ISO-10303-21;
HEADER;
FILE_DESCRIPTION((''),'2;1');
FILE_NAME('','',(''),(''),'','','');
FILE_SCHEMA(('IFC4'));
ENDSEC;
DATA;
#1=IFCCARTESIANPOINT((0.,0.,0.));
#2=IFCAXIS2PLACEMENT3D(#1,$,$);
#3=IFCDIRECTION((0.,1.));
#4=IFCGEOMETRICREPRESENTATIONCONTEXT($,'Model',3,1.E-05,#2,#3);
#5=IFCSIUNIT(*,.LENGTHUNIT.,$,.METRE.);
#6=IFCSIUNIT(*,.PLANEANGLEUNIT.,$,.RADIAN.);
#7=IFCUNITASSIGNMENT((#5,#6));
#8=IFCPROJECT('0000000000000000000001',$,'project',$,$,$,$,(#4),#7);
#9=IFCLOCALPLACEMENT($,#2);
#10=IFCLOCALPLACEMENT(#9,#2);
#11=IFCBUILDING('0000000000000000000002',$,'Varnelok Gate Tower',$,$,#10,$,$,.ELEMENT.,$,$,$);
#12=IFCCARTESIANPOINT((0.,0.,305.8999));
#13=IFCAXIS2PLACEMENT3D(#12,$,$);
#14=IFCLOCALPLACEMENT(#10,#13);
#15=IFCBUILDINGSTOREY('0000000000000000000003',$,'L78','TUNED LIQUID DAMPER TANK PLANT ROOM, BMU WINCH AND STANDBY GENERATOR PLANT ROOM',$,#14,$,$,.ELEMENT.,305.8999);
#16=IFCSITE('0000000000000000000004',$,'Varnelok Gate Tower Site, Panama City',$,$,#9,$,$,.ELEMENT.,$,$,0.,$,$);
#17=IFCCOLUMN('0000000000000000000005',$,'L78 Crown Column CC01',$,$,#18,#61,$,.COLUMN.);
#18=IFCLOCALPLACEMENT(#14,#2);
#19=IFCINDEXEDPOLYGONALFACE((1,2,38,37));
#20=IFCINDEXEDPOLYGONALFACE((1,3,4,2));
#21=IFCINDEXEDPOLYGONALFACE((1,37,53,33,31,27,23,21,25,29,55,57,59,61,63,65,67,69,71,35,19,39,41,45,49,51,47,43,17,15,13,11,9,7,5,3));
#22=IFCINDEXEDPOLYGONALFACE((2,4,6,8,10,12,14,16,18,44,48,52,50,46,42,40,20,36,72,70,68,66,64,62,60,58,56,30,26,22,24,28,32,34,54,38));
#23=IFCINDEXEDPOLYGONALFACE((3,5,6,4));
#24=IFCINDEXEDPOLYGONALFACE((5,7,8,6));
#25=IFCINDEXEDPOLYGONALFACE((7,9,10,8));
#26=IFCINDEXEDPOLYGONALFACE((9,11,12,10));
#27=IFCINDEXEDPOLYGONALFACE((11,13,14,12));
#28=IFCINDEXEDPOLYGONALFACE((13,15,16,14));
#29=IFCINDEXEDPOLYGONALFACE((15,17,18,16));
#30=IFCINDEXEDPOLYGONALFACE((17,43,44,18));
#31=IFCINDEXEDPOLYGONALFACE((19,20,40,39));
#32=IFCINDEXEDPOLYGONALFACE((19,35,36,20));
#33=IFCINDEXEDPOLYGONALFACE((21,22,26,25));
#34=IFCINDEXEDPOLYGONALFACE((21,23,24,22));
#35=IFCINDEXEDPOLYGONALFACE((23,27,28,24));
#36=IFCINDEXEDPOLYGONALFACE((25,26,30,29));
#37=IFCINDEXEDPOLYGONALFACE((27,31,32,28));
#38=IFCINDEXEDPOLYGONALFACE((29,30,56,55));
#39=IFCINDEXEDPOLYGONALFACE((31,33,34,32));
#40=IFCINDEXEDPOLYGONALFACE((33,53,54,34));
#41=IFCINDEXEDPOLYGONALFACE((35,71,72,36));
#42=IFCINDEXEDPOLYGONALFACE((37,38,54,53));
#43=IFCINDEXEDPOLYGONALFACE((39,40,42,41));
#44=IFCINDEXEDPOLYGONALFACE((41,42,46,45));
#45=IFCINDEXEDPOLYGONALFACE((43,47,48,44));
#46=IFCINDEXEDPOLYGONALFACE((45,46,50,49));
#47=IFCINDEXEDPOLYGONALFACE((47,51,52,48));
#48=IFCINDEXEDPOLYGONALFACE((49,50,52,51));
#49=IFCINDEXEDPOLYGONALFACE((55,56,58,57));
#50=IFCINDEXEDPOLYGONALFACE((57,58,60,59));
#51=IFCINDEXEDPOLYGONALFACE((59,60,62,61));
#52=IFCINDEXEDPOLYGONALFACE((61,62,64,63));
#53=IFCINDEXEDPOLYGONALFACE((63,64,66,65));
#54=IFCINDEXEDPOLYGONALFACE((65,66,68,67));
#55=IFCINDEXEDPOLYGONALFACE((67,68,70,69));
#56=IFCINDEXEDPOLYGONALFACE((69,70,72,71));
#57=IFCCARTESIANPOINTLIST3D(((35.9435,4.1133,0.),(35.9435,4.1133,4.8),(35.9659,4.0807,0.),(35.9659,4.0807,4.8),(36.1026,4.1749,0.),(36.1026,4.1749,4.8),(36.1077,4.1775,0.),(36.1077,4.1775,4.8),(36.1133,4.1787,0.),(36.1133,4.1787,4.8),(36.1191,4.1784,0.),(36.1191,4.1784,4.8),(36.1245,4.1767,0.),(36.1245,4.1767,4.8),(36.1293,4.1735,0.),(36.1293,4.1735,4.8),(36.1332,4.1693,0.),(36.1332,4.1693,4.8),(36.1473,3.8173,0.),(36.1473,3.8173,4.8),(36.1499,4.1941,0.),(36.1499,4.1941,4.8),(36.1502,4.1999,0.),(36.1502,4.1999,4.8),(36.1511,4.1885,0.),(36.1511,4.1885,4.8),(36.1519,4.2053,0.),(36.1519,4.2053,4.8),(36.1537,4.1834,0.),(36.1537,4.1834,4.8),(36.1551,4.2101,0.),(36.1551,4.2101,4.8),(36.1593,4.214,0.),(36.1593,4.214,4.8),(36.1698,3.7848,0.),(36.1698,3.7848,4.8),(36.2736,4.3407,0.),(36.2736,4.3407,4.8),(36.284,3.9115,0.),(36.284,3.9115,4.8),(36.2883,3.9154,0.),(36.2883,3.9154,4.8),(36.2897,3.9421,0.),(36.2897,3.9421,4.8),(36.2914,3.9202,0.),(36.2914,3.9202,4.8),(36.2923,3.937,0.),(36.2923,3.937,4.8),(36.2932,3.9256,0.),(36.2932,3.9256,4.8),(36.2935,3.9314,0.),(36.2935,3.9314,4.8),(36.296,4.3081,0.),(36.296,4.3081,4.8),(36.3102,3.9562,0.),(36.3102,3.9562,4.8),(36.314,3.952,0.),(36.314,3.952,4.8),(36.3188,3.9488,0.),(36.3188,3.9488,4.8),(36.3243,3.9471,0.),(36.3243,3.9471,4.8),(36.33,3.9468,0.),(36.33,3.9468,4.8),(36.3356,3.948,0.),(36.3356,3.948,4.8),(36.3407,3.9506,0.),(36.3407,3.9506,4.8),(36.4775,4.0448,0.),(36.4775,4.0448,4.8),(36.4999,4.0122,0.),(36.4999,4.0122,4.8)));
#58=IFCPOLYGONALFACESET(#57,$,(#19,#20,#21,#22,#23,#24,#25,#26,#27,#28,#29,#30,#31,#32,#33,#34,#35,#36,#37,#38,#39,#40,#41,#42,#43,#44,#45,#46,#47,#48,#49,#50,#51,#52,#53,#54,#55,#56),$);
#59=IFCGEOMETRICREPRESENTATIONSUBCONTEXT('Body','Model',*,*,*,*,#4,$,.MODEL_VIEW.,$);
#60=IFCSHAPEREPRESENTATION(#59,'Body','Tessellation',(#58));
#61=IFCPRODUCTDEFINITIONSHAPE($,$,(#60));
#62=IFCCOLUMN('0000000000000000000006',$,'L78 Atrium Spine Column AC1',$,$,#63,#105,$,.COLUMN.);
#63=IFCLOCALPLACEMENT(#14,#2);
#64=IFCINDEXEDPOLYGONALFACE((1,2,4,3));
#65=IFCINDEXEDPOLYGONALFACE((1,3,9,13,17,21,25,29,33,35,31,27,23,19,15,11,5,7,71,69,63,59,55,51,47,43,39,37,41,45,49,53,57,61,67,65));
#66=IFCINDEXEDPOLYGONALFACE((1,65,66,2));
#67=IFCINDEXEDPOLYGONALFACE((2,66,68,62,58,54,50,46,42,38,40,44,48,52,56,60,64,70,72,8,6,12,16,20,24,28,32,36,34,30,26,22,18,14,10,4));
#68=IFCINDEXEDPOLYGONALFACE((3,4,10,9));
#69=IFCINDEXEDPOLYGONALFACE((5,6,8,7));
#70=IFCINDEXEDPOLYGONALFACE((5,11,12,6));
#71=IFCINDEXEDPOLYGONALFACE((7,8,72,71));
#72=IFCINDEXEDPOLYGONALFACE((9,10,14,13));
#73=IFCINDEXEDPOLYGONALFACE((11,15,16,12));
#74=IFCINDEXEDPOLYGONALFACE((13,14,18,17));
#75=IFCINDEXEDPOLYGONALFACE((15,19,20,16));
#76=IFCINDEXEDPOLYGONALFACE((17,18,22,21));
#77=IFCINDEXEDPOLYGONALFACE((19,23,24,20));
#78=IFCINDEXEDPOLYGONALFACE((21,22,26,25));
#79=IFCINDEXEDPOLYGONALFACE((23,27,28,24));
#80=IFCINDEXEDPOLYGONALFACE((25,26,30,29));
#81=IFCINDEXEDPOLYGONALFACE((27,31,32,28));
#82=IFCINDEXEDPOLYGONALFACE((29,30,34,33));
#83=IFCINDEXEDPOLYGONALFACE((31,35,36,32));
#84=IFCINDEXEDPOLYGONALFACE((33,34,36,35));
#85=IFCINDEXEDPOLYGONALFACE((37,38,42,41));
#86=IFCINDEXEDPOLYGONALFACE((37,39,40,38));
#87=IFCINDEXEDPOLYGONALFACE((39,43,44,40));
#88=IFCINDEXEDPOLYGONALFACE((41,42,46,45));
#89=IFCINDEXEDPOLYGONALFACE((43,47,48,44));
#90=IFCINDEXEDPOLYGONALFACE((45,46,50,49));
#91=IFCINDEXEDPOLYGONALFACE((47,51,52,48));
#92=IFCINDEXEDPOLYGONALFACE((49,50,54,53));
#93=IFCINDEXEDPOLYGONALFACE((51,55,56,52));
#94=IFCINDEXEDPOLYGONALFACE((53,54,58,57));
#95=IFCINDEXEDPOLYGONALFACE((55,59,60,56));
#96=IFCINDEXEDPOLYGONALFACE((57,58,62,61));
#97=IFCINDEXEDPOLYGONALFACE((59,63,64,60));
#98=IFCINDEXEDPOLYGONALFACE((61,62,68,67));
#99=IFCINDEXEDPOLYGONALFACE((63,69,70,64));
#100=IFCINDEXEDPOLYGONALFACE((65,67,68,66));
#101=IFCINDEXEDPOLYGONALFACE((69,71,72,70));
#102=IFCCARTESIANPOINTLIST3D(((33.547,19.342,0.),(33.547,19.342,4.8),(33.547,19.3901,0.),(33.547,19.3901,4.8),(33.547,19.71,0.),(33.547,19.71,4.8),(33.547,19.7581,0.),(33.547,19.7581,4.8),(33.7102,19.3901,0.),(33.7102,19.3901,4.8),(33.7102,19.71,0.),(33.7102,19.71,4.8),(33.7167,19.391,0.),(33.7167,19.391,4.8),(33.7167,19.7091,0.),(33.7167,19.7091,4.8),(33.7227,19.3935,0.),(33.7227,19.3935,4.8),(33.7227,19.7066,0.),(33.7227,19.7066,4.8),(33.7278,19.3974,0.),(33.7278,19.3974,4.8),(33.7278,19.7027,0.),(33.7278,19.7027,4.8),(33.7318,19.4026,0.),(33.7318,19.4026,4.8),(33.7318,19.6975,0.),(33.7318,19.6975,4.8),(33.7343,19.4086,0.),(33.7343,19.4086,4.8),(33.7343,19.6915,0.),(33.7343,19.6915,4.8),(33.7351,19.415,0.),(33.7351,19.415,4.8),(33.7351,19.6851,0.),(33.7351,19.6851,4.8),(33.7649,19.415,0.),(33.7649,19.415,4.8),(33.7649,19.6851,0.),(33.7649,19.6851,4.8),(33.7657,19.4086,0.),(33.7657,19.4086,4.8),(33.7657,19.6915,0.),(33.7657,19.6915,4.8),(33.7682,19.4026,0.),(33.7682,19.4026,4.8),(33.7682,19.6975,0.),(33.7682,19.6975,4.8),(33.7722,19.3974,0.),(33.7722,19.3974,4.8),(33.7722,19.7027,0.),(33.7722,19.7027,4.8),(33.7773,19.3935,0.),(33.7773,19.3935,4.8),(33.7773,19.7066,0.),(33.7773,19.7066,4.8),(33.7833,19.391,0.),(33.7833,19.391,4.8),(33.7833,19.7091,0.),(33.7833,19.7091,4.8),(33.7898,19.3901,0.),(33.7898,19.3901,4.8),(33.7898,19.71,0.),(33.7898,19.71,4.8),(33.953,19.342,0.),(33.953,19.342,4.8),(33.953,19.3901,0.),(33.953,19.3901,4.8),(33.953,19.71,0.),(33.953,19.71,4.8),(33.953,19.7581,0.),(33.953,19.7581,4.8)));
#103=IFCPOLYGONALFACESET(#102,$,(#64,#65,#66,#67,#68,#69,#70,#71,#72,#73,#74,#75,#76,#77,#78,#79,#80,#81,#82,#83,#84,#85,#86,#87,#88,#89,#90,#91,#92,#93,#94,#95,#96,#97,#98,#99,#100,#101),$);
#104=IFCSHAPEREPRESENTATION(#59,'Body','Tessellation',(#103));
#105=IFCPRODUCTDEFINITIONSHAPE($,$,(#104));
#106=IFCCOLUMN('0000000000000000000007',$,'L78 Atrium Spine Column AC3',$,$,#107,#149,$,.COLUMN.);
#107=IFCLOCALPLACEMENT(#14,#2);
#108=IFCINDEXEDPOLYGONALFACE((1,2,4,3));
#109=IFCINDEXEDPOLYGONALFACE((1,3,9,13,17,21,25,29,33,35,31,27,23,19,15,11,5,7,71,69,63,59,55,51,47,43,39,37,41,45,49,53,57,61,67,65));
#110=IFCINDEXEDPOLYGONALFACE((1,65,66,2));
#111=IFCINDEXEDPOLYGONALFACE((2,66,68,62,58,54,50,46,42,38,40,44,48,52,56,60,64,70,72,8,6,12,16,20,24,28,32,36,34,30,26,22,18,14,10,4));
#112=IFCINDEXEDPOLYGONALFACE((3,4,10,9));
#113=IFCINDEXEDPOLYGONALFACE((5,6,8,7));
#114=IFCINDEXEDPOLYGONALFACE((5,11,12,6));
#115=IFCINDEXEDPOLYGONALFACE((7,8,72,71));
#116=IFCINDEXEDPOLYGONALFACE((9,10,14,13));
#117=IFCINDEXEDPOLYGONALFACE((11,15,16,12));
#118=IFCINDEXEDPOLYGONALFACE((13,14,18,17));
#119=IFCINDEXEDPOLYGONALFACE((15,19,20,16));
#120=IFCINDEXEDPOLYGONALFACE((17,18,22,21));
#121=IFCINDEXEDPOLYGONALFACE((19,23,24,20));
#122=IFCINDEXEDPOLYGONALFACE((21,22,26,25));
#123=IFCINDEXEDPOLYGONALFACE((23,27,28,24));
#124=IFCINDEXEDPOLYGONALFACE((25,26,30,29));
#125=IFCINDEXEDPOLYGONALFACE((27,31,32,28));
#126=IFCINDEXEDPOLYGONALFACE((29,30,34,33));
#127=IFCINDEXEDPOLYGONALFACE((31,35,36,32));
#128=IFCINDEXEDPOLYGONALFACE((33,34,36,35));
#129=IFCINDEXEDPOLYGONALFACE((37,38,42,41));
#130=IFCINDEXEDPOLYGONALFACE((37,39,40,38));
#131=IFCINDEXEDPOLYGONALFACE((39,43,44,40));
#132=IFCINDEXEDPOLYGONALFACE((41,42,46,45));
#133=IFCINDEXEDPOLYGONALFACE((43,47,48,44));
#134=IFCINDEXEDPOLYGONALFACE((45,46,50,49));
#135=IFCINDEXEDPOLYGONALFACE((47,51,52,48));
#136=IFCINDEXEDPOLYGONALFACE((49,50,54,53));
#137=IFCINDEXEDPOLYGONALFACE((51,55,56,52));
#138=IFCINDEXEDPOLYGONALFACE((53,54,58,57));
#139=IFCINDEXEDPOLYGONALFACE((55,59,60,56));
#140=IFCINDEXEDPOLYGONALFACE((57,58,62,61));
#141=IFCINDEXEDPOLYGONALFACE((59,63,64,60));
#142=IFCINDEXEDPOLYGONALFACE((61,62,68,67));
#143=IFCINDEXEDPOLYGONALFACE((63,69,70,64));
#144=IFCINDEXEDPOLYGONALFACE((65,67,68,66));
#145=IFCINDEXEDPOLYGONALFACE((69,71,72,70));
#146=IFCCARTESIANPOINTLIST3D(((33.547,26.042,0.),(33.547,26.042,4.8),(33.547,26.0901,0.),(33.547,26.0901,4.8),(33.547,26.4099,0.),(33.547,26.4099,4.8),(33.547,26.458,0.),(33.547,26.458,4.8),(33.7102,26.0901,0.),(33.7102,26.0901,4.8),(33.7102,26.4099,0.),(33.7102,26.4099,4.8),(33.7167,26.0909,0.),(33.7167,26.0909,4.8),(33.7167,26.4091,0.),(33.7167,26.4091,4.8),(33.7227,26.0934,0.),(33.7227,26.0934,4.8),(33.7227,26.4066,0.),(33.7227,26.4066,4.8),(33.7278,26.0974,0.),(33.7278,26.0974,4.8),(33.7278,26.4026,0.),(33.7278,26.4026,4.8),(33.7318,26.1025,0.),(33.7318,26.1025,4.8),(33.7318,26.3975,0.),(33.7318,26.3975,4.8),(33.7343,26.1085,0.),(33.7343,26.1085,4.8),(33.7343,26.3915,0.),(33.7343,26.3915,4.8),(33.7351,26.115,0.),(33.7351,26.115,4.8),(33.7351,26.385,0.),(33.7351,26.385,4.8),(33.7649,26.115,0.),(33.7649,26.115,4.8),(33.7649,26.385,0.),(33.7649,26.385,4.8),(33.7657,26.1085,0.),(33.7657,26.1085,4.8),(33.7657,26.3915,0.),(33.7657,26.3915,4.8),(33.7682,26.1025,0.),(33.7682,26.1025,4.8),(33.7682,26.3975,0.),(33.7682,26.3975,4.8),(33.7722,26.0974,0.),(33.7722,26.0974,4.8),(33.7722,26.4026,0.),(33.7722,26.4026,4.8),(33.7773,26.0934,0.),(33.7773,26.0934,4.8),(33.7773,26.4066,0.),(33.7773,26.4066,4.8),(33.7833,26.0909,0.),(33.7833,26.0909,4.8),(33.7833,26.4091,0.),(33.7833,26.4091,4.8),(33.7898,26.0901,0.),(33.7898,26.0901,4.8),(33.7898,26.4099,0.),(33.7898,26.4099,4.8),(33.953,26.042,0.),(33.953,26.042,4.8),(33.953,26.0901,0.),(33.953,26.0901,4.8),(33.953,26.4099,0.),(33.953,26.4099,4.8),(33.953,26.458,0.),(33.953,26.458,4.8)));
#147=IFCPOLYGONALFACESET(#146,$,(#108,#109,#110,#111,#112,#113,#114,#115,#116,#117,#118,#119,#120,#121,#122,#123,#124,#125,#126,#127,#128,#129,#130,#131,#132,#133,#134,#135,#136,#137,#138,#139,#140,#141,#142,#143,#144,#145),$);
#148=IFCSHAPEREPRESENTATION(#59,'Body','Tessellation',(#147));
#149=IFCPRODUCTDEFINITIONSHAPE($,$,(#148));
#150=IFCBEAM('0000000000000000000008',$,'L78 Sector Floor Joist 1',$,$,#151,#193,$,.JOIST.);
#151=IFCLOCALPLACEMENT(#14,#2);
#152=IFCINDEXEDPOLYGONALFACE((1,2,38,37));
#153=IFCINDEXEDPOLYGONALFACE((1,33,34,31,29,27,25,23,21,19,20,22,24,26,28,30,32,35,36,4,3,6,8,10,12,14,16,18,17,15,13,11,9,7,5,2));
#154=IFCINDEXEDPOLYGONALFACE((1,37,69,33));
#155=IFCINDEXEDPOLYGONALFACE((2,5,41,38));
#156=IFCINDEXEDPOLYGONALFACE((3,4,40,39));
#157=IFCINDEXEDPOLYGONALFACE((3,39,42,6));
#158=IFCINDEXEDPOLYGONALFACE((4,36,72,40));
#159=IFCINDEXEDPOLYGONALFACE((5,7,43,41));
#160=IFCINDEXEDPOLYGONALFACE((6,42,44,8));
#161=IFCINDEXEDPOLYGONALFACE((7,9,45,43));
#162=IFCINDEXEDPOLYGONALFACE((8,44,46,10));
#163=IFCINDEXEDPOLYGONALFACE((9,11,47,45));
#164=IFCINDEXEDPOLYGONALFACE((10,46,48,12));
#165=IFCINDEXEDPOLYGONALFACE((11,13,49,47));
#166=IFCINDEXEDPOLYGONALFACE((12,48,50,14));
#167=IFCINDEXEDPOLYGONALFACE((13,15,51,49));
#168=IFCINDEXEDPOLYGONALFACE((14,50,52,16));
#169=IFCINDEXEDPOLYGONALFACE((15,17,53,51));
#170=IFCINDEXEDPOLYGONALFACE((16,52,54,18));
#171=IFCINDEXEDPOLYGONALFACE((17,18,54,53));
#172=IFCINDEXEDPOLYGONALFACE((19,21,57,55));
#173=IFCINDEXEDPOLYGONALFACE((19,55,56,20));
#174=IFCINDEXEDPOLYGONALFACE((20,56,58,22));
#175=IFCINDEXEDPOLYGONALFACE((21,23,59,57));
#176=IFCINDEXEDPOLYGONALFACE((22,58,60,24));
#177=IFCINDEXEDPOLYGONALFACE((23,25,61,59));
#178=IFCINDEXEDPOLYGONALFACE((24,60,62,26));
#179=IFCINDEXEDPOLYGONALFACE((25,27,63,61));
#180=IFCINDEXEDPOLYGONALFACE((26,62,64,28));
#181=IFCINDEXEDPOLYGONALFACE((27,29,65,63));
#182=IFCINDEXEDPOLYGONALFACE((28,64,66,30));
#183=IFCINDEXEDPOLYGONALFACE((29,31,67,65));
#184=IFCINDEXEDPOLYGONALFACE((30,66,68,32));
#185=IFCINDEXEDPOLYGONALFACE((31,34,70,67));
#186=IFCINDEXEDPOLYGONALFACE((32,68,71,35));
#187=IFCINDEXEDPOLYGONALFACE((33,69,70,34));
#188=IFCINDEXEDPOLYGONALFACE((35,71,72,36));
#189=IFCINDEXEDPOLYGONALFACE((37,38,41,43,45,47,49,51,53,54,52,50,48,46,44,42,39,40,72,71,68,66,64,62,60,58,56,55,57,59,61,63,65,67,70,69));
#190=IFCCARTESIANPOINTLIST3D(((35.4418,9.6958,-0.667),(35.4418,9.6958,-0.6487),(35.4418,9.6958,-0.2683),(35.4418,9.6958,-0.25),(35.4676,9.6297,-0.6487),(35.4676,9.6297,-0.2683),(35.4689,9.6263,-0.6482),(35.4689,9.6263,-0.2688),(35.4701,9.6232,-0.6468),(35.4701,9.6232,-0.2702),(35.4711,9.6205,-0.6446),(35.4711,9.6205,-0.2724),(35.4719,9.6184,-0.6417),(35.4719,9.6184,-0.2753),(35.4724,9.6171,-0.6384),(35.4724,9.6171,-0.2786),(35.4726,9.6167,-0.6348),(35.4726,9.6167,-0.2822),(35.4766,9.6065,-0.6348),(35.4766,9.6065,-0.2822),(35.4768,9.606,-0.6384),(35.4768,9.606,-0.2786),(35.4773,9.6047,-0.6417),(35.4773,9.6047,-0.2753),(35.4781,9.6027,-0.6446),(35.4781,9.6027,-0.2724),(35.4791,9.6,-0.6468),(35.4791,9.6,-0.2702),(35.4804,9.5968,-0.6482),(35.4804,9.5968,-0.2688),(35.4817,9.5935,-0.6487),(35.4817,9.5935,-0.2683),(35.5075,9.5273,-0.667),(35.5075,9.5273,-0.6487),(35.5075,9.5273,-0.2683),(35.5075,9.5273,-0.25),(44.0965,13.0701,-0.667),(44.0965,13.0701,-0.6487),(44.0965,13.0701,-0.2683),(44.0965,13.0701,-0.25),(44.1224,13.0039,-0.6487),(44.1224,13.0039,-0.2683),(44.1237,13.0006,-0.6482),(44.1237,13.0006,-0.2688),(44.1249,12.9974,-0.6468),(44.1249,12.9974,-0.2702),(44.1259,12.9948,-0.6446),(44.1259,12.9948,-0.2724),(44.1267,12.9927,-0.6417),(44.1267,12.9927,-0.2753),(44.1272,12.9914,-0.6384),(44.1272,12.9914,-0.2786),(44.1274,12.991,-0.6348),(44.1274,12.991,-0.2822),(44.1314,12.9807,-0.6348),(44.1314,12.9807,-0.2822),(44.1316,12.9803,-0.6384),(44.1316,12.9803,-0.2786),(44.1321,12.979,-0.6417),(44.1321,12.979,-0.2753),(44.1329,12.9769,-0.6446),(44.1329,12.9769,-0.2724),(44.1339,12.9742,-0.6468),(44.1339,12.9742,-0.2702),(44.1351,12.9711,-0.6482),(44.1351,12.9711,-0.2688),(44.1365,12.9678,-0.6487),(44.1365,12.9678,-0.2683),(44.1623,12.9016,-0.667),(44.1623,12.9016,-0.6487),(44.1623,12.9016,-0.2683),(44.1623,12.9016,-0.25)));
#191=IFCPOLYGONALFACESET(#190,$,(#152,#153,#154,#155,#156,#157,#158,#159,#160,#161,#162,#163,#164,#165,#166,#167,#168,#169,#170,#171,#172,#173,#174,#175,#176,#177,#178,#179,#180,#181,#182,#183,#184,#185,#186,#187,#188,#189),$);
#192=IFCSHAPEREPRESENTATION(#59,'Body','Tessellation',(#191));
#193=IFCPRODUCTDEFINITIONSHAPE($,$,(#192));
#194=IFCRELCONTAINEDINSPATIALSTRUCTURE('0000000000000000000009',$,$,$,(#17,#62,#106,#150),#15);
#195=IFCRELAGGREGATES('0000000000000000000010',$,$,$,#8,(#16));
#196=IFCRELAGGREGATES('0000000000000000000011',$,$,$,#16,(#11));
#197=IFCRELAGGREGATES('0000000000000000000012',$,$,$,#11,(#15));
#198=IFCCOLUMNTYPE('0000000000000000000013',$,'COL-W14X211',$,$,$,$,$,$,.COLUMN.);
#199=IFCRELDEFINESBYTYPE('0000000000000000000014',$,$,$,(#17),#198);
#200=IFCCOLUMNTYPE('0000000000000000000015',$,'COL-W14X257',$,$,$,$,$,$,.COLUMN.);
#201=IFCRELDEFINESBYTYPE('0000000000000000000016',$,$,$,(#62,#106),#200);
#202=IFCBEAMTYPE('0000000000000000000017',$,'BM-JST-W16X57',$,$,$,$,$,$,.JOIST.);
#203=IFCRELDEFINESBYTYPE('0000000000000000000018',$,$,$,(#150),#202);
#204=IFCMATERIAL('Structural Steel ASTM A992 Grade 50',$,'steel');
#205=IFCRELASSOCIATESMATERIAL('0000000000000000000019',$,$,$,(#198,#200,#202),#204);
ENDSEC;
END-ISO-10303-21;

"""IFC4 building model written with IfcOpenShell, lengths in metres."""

from ifc_helpers import new_model, si_unit, direction, frame, origin, origin_2d, place, context, subcontext, project, spatial, i_section, extrude, material, material_profile, profile_set, type_object, element, save


model = new_model("IFC4")

# Units and contexts
model_context = context("Model", 3, precision=1e-05, world=origin(), true_north=direction((0.0, 1.0)))
body_context = subcontext(model_context, "Body", "Model", "MODEL_VIEW")
ifc_project = project(units=[si_unit("LENGTHUNIT", "METRE"), si_unit("PLANEANGLEUNIT", "RADIAN")], contexts=[model_context])

# Site, building, storey
site_placement = place(None, origin())
site = spatial("IfcSite", under=ifc_project, at=site_placement, Name="Varnelok Gate Tower Site, Panama City", CompositionType="ELEMENT", RefElevation=0.0)
building_placement = place(site_placement, origin())
building = spatial("IfcBuilding", under=site, at=building_placement, Name="Varnelok Gate Tower", CompositionType="ELEMENT")
storey_placement = place(building_placement, frame((0.0, 0.0, 305.8999)))
storey = spatial("IfcBuildingStorey", under=building, at=storey_placement, Name="L78", Description="TUNED LIQUID DAMPER TANK PLANT ROOM, BMU WINCH AND STANDBY GENERATOR PLANT ROOM", CompositionType="ELEMENT", Elevation=305.8999)

# Columns
ifc_material_1 = material(Name="Structural Steel ASTM A992 Grade 50", Category="steel")
ifc_material_profile_1 = material_profile(ifc_material_1, i_section(OverallWidth=0.4009, OverallDepth=0.3989, WebThickness=0.0249, FlangeThickness=0.0396, FilletRadius=0.022, at=origin_2d()), Name="W14X211")
ifc_profile_set_1 = profile_set([ifc_material_profile_1], Name="Structural Steel ASTM A992 Grade 50")
column_type_1 = type_object("IfcColumnType", Name="COL-W14X211", PredefinedType="COLUMN", material=ifc_profile_set_1)
column_placement = place(storey_placement, frame((36.2217, 4.0627, 0.0), z_axis=(0.0, 0.0, 1.0), x_axis=(0.823533, 0.567269, 0.0)))
element("IfcColumn", 1, at=column_placement, inside=storey, type_object=column_type_1, Name="L78 Crown Column CC01", PredefinedType="COLUMN", context=body_context, shape_type="SweptSolid", body=[
    extrude(i_section(OverallWidth=0.4009, OverallDepth=0.3989, WebThickness=0.0249, FlangeThickness=0.0396, FilletRadius=0.022, at=origin_2d()), origin(), (0.0, 0.0, 1.0), 4.8),
])
ifc_material_profile_2 = material_profile(ifc_material_1, i_section(OverallWidth=0.406, OverallDepth=0.416, WebThickness=0.0298, FlangeThickness=0.0481, FilletRadius=0.0249, at=origin_2d()), Name="W14X257")
ifc_profile_set_2 = profile_set([ifc_material_profile_2], Name="Structural Steel ASTM A992 Grade 50")
column_type_2 = type_object("IfcColumnType", Name="COL-W14X257", PredefinedType="COLUMN", material=ifc_profile_set_2)
for number, where, z_axis, x_axis, name in (
    (2, (33.75, 19.55, 0.0), (0.0, 0.0, 1.0), (1.0, 0.0, 0.0), "L78 Atrium Spine Column AC1"),
    (3, (33.75, 26.25, 0.0), (0.0, 0.0, 1.0), (1.0, 0.0, 0.0), "L78 Atrium Spine Column AC3"),
):
    element("IfcColumn", number, at=place(storey_placement, frame(where, z_axis=z_axis, x_axis=x_axis)), inside=storey, type_object=column_type_2, Name=name, PredefinedType="COLUMN", context=body_context, shape_type="SweptSolid", body=[
        extrude(i_section(OverallWidth=0.406, OverallDepth=0.416, WebThickness=0.0298, FlangeThickness=0.0481, FilletRadius=0.0249, at=origin_2d()), origin(), (0.0, 0.0, 1.0), 4.8),
    ])

# Beam
ifc_material_profile_3 = material_profile(ifc_material_1, i_section(OverallWidth=0.1809, OverallDepth=0.417, WebThickness=0.011, FlangeThickness=0.0183, FilletRadius=0.0139, at=origin_2d()), Name="W16X57")
ifc_profile_set_3 = profile_set([ifc_material_profile_3], Name="Structural Steel ASTM A992 Grade 50")
beam_type_1 = type_object("IfcBeamType", Name="BM-JST-W16X57", PredefinedType="JOIST", material=ifc_profile_set_3)
beam_1_placement = place(storey_placement, frame((35.4746, 9.6116, -0.4585), z_axis=(0.931695, 0.363243, 0.0), x_axis=(-0.363243, 0.931695, 0.0)))
element("IfcBeam", 4, at=beam_1_placement, inside=storey, type_object=beam_type_1, Name="L78 Sector Floor Joist 1", PredefinedType="JOIST", context=body_context, shape_type="SweptSolid", body=[
    extrude(i_section(OverallWidth=0.1809, OverallDepth=0.417, WebThickness=0.011, FlangeThickness=0.0183, FilletRadius=0.0139, at=origin_2d()), origin(), (0.0, 0.0, 1.0), 9.2893),
])

save(model, "model.ifc")
